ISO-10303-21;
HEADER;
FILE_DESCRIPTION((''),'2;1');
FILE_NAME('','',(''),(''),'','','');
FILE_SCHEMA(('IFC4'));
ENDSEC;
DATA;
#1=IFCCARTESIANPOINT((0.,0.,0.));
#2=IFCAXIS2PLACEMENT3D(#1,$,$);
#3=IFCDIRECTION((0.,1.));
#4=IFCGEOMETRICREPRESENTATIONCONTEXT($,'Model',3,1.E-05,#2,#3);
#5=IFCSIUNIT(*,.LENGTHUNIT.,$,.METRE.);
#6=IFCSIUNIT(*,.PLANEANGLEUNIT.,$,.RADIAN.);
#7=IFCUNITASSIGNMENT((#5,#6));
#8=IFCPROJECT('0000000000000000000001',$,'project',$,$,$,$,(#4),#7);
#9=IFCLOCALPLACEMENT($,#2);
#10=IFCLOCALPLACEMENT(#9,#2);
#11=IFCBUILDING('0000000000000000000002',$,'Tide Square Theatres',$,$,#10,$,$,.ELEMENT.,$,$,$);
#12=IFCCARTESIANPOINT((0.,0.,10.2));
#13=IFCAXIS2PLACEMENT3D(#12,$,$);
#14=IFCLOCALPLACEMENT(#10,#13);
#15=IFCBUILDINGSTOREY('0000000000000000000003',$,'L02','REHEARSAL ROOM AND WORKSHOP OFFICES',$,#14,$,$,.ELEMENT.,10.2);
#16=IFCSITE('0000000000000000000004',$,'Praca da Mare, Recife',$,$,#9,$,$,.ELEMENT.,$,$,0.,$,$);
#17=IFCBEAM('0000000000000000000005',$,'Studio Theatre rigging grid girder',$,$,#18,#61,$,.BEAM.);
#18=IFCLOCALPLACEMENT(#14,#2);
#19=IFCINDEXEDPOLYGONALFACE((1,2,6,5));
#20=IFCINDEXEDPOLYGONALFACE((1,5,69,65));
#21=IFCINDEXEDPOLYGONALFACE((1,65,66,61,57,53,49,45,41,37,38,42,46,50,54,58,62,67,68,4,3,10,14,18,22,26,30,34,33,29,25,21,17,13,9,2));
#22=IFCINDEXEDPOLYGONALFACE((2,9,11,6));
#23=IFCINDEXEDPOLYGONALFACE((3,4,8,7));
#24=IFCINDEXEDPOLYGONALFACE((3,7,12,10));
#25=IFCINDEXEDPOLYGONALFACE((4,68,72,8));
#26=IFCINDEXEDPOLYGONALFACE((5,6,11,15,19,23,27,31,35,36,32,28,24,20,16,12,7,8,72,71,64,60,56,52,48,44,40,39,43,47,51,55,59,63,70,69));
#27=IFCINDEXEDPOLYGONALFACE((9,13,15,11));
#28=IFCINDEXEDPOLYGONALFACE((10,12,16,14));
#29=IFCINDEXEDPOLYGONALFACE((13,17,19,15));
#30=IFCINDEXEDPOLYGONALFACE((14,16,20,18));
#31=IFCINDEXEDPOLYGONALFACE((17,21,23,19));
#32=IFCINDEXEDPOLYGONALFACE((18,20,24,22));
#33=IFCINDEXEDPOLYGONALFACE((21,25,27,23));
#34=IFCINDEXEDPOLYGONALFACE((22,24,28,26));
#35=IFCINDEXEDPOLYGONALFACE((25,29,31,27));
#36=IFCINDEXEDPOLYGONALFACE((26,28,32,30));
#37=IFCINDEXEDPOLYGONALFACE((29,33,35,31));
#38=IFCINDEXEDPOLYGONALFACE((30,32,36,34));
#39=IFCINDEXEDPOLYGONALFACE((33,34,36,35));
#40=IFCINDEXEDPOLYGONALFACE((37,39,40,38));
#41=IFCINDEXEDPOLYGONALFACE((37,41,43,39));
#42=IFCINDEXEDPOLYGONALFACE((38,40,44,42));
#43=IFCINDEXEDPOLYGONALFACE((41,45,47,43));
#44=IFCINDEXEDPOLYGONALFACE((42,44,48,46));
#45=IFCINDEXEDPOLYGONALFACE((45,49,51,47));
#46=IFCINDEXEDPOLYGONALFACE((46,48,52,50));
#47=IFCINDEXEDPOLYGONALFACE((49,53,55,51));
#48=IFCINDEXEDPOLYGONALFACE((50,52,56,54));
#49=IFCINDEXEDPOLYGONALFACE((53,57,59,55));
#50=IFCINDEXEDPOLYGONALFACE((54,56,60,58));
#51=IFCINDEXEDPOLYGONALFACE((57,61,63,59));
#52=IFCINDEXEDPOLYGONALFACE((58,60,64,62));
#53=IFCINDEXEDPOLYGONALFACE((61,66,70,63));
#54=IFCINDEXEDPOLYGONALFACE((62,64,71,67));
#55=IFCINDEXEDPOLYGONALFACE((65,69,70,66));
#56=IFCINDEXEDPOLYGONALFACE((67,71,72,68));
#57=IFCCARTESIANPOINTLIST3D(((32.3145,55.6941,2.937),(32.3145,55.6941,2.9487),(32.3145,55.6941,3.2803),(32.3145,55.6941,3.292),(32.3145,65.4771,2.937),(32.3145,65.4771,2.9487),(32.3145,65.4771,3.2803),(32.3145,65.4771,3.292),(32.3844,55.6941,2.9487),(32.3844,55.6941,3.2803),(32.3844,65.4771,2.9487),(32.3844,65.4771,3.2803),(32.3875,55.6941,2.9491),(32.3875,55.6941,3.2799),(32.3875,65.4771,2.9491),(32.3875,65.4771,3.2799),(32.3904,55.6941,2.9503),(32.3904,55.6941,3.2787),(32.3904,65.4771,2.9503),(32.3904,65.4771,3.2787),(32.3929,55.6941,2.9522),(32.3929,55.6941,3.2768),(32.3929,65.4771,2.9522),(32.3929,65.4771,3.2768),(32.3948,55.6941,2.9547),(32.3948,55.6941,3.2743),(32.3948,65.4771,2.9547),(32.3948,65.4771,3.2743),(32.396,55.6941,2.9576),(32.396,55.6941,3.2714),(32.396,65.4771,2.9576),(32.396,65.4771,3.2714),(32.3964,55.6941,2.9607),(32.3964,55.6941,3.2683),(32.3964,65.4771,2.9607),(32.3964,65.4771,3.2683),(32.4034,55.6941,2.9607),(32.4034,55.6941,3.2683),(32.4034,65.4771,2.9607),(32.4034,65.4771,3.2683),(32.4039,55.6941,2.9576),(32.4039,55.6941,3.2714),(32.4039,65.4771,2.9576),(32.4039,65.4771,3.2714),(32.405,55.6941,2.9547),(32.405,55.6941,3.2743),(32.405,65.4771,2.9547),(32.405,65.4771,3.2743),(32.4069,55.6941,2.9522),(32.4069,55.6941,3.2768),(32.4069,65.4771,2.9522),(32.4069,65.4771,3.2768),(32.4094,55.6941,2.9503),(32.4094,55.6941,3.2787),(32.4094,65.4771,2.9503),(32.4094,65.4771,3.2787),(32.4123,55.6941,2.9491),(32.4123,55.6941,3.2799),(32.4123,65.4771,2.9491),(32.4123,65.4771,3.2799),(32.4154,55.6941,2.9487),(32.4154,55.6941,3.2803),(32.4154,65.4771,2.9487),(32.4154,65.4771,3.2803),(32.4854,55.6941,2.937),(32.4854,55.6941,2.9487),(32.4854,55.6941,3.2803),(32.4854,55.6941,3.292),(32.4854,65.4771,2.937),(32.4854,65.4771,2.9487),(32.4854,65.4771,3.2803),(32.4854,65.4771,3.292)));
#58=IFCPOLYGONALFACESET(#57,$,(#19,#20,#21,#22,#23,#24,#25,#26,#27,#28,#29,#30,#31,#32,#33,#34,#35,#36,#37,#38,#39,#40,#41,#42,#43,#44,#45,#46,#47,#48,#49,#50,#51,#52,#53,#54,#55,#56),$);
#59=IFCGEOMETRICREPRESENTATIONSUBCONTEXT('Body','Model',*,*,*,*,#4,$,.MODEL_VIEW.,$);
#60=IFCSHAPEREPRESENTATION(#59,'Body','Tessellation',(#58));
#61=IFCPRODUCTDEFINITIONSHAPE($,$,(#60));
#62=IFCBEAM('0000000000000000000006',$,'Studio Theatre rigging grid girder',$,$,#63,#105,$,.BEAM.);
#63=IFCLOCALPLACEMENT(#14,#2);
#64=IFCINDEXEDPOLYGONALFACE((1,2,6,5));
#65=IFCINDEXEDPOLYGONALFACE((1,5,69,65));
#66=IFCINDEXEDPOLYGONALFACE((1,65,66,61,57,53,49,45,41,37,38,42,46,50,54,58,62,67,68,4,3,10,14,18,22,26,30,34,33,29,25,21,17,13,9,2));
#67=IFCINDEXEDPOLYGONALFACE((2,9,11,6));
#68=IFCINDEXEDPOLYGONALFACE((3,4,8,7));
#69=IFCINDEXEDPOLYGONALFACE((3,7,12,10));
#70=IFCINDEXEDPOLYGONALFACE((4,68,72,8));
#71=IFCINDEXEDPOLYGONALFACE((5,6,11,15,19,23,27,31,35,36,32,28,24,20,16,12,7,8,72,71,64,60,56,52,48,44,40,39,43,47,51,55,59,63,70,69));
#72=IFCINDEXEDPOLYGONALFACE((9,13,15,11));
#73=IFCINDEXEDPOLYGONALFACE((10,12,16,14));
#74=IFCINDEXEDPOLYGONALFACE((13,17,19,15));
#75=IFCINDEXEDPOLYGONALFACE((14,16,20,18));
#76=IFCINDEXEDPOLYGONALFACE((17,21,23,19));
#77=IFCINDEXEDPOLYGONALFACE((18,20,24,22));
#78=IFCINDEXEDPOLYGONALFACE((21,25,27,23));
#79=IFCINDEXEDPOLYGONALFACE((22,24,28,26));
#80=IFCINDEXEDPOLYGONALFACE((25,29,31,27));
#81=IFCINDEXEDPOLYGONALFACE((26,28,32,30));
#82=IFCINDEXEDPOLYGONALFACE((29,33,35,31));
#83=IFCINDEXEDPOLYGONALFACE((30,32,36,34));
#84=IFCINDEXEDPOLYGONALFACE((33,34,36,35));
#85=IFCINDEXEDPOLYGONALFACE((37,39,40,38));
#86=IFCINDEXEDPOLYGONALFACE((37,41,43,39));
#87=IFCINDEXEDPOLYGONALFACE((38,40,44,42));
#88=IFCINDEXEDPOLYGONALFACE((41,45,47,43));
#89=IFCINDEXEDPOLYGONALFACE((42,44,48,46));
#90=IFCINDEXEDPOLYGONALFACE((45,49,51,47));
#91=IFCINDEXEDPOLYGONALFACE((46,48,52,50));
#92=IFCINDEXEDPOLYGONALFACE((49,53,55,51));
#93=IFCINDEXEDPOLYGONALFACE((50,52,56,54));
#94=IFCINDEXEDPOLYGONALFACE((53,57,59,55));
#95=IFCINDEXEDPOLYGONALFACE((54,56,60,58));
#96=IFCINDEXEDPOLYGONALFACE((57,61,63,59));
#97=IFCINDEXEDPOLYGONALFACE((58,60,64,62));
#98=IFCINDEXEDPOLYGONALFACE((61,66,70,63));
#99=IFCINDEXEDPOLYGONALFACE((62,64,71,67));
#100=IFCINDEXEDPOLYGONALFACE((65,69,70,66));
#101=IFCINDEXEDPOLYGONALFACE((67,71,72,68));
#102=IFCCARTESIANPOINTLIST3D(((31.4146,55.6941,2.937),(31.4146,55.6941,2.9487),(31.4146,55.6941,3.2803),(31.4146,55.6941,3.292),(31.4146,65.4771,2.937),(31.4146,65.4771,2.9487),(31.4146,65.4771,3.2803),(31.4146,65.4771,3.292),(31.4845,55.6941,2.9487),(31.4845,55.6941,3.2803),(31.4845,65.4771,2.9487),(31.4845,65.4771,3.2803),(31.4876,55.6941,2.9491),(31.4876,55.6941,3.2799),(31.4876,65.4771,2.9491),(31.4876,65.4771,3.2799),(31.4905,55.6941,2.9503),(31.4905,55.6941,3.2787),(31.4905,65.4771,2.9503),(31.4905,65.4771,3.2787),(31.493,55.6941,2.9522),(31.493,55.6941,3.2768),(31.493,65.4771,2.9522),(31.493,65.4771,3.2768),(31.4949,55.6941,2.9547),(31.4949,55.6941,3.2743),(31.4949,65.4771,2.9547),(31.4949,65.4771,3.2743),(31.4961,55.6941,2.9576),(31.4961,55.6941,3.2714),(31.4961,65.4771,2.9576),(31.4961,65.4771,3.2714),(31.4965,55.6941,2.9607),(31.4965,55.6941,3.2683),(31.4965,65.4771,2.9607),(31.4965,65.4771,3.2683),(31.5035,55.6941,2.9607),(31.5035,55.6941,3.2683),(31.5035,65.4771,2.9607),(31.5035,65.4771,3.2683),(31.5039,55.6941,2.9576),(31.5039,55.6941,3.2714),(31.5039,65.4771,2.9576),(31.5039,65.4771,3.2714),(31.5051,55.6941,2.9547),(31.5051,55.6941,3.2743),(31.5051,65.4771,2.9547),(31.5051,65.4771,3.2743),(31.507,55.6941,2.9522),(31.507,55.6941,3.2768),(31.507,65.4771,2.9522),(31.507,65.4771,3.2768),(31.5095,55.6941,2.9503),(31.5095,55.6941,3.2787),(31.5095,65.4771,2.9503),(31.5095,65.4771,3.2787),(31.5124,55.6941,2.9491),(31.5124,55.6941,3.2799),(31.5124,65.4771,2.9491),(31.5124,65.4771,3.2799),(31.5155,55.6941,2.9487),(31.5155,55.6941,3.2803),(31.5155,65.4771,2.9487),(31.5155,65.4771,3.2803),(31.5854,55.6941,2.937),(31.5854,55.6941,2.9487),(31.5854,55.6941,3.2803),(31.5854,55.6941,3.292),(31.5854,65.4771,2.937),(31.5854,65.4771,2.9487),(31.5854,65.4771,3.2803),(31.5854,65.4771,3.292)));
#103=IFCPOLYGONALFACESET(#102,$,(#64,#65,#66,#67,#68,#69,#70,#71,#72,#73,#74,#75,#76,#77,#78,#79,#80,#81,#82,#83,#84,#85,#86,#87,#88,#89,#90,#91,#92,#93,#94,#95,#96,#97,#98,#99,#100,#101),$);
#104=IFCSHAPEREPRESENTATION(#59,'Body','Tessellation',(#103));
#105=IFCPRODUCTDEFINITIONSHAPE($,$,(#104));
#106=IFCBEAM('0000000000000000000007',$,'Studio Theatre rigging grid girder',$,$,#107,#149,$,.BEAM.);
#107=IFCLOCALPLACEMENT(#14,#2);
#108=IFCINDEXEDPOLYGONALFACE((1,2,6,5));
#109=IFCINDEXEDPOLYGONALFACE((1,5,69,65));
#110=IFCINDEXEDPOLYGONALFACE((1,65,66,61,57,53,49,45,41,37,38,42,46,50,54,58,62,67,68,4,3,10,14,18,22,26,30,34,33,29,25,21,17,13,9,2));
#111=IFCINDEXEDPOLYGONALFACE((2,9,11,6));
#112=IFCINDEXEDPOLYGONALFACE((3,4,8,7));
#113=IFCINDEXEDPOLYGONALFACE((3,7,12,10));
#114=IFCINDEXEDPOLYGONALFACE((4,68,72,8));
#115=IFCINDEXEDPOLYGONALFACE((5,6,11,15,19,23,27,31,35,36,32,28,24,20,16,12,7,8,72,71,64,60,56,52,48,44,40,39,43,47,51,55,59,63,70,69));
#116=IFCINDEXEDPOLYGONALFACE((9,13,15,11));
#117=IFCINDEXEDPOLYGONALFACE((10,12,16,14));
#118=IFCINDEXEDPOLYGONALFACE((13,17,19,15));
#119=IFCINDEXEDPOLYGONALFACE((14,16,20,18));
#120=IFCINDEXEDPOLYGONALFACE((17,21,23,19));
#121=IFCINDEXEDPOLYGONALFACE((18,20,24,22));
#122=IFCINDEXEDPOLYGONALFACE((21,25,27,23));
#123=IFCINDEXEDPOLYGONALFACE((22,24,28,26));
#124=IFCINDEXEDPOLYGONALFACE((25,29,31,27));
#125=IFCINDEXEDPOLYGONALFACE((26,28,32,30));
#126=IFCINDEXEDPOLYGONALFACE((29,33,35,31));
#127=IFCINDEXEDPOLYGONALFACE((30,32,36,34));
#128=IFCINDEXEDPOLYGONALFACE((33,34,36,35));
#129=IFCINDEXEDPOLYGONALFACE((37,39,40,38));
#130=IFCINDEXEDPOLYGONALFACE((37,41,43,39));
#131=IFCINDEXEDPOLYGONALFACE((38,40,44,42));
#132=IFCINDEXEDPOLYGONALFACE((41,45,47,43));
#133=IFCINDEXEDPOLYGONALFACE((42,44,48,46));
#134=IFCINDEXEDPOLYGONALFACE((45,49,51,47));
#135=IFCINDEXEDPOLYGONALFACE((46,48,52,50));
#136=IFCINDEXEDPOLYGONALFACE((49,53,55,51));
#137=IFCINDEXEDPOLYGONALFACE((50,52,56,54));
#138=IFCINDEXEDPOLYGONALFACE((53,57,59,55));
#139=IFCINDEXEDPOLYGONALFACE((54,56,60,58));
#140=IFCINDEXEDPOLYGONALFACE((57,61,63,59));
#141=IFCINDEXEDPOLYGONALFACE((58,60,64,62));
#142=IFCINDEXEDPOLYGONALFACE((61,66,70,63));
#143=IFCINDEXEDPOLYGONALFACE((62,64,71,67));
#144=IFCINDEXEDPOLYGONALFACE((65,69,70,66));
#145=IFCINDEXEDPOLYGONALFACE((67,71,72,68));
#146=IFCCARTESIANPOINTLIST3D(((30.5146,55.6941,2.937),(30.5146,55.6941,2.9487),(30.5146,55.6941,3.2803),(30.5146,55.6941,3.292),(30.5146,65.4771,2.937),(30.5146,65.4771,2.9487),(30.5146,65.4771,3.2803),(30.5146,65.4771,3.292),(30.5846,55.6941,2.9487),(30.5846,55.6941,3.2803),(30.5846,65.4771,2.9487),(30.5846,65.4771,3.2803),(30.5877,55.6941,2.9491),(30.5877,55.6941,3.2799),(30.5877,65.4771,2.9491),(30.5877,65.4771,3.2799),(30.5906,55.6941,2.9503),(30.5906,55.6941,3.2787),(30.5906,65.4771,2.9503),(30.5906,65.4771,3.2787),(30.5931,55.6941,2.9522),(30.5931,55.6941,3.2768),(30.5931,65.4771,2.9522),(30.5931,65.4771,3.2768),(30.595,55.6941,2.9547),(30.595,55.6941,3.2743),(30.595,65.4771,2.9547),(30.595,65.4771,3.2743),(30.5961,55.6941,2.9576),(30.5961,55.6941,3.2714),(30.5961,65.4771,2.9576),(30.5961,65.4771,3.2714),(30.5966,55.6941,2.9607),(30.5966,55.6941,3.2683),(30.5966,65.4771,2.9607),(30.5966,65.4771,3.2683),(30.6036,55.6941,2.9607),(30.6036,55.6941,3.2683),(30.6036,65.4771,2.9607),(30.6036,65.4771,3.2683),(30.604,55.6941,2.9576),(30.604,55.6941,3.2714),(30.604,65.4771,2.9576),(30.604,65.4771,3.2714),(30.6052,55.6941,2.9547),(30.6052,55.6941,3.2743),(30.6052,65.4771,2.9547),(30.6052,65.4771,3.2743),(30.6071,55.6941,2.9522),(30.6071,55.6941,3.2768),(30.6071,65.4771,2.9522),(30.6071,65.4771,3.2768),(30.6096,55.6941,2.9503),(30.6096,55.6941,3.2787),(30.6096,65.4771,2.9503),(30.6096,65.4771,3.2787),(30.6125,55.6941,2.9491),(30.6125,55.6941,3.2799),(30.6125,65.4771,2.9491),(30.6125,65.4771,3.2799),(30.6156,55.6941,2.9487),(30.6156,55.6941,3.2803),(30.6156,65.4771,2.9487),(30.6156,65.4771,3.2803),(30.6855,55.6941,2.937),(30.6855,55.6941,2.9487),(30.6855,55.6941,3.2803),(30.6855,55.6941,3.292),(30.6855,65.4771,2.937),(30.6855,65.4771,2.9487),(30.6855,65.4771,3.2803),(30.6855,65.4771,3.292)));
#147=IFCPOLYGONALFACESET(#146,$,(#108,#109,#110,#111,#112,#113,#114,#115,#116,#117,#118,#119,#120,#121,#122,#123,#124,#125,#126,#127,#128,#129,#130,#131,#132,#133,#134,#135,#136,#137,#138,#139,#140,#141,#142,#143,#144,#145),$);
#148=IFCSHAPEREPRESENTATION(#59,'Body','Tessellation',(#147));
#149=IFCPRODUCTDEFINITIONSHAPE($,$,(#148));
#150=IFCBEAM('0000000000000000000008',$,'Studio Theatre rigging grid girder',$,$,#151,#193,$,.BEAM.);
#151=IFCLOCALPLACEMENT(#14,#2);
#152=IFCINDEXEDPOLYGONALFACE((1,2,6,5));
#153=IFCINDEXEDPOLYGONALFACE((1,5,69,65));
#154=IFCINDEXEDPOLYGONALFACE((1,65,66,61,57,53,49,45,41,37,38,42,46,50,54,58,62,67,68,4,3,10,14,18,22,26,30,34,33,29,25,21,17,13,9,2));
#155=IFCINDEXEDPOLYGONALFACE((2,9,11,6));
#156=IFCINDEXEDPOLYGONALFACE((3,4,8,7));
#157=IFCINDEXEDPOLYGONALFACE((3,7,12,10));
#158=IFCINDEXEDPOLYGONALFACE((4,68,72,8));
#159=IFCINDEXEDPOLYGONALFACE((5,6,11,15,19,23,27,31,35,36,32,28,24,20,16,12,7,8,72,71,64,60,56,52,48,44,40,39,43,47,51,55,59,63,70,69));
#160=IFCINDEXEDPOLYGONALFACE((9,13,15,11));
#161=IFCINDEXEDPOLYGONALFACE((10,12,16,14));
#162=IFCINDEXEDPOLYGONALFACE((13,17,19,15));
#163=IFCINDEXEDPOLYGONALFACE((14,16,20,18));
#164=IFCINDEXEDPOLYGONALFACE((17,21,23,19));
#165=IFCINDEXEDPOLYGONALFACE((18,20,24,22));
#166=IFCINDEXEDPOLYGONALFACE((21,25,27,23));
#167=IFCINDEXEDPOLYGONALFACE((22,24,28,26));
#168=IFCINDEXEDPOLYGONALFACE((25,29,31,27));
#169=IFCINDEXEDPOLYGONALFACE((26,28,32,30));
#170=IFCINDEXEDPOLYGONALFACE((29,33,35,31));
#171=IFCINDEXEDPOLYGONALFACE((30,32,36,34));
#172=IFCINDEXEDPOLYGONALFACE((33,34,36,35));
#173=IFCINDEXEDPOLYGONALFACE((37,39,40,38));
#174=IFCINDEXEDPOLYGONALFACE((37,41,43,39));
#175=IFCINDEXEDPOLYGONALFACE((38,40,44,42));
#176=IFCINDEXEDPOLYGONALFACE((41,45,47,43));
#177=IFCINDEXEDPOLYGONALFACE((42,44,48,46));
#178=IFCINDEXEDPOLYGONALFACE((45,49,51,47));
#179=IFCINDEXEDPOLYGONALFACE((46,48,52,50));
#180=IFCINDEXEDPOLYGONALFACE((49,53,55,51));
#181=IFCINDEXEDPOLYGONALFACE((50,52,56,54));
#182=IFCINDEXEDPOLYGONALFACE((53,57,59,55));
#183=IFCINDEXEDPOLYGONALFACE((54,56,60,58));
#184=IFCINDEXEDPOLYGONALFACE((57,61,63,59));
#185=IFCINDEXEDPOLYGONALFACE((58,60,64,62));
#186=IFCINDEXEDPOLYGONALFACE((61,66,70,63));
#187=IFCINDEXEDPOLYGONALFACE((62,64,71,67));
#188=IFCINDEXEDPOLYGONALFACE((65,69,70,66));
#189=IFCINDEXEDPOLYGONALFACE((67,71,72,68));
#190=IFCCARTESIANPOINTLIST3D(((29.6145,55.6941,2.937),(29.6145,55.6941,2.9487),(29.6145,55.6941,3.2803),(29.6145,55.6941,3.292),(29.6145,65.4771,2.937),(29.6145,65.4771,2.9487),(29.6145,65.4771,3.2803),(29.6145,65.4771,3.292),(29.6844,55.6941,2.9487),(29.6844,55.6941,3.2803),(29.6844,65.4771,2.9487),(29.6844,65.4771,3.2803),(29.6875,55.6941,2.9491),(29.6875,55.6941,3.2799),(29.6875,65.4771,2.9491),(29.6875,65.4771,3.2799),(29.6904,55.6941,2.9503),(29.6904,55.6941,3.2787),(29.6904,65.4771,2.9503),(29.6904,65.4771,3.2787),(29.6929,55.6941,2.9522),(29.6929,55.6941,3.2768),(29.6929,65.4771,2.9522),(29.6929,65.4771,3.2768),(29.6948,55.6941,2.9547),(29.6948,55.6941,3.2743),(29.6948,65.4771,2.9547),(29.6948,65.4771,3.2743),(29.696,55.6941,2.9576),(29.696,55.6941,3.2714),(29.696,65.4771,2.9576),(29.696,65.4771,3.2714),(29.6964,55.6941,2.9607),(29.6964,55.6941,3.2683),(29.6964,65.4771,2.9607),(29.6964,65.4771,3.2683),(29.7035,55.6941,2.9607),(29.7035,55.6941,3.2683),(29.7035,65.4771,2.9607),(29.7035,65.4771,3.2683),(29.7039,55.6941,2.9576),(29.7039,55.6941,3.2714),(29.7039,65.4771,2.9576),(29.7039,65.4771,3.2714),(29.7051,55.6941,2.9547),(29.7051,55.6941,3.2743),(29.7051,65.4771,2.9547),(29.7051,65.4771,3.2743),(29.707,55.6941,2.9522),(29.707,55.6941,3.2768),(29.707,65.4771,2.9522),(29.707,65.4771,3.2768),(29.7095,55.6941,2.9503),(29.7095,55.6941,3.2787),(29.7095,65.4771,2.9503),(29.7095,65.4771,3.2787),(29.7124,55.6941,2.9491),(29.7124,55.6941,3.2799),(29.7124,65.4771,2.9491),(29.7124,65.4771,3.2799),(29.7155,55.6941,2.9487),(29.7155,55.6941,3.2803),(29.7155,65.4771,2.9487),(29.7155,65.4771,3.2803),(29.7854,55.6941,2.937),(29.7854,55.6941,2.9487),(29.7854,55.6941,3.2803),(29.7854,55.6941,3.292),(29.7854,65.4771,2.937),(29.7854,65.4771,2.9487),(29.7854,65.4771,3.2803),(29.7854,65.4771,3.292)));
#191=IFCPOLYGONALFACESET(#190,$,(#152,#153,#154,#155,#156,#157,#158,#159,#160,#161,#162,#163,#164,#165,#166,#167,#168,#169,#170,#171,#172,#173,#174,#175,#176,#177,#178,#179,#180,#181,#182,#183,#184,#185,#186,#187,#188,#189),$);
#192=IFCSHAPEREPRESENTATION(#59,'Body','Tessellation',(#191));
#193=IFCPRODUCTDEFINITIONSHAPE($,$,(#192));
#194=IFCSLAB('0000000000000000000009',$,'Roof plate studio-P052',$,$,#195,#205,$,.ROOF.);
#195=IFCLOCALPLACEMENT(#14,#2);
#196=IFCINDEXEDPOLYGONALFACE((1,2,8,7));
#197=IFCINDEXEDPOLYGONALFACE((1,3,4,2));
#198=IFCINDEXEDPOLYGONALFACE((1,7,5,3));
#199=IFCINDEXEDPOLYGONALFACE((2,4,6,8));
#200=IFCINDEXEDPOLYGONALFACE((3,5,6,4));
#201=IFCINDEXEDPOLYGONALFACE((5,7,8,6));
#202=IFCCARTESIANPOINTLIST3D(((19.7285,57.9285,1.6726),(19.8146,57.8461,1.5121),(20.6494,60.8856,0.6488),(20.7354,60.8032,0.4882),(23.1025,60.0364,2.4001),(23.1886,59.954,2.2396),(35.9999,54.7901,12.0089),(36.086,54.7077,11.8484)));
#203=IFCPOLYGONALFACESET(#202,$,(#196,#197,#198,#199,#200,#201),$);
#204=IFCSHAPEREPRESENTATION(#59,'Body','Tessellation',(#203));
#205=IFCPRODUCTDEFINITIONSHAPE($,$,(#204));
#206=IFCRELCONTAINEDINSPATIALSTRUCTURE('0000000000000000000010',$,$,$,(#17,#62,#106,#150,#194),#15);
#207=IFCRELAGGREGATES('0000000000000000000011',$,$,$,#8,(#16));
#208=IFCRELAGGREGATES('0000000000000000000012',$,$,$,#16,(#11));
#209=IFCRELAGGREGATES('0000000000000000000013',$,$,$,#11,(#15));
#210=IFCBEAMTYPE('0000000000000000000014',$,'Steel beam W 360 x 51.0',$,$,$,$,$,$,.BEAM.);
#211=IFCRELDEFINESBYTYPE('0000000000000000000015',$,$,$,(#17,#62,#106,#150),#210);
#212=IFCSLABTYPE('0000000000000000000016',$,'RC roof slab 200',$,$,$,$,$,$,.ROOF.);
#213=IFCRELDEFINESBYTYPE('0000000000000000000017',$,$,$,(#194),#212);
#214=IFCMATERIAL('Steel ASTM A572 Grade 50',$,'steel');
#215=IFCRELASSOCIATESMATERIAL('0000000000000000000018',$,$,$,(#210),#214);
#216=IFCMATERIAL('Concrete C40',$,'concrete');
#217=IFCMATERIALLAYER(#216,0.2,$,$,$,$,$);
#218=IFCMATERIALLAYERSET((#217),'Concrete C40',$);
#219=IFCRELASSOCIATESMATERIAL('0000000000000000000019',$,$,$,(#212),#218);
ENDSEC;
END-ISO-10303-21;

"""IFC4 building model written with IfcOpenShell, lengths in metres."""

from ifc_helpers import new_model, si_unit, direction, frame, origin, origin_2d, place, context, subcontext, project, spatial, polyline, i_section, outline, extrude, material, layer, layer_set, material_profile, profile_set, type_object, element, save


model = new_model("IFC4")

# Units and contexts
model_context = context("Model", 3, precision=1e-05, world=origin(), true_north=direction((0.0, 1.0)))
body_context = subcontext(model_context, "Body", "Model", "MODEL_VIEW")
ifc_project = project(units=[si_unit("LENGTHUNIT", "METRE"), si_unit("PLANEANGLEUNIT", "RADIAN")], contexts=[model_context])

# Site, building, storey
site_placement = place(None, origin())
site = spatial("IfcSite", under=ifc_project, at=site_placement, Name="Praca da Mare, Recife", CompositionType="ELEMENT", RefElevation=0.0)
building_placement = place(site_placement, origin())
building = spatial("IfcBuilding", under=site, at=building_placement, Name="Tide Square Theatres", CompositionType="ELEMENT")
storey_placement = place(building_placement, frame((0.0, 0.0, 10.2)))
storey = spatial("IfcBuildingStorey", under=building, at=storey_placement, Name="L02", Description="REHEARSAL ROOM AND WORKSHOP OFFICES", CompositionType="ELEMENT", Elevation=10.2)

# Beams
ifc_material_1 = material(Name="Steel ASTM A572 Grade 50", Category="steel")
ifc_material_profile_1 = material_profile(ifc_material_1, i_section(OverallWidth=0.1709, OverallDepth=0.355, WebThickness=0.0071, FlangeThickness=0.0117, FilletRadius=0.012, at=origin_2d()))
ifc_profile_set_1 = profile_set([ifc_material_profile_1], Name="Steel ASTM A572 Grade 50")
beam_type_1 = type_object("IfcBeamType", Name="Steel beam W 360 x 51.0", PredefinedType="BEAM", material=ifc_profile_set_1)
for number, where, z_axis, x_axis, name in (
    (1, (32.3999, 55.6941, 3.1145), (0.0, 1.0, 0.0), (-1.0, 0.0, 0.0), "Studio Theatre rigging grid girder"),
    (2, (31.5, 55.6941, 3.1145), (0.0, 1.0, 0.0), (-1.0, 0.0, 0.0), "Studio Theatre rigging grid girder"),
    (3, (30.6001, 55.6941, 3.1145), (0.0, 1.0, 0.0), (-1.0, 0.0, 0.0), "Studio Theatre rigging grid girder"),
    (4, (29.7, 55.6941, 3.1145), (0.0, 1.0, 0.0), (-1.0, 0.0, 0.0), "Studio Theatre rigging grid girder"),
):
    element("IfcBeam", number, at=place(storey_placement, frame(where, z_axis=z_axis, x_axis=x_axis)), inside=storey, type_object=beam_type_1, Name=name, PredefinedType="BEAM", context=body_context, shape_type="SweptSolid", body=[
        extrude(i_section(OverallWidth=0.1709, OverallDepth=0.355, WebThickness=0.0071, FlangeThickness=0.0117, FilletRadius=0.012, at=origin_2d()), origin(), (0.0, 0.0, 1.0), 9.783),
    ])

# Slab
ifc_material_2 = material(Name="Concrete C40", Category="concrete")
ifc_layer_1 = layer(ifc_material_2, 0.2)
ifc_layer_set_1 = layer_set([ifc_layer_1], Name="Concrete C40")
slab_type = type_object("IfcSlabType", Name="RC roof slab 200", PredefinedType="ROOF", material=ifc_layer_set_1)
slab_1_placement = place(storey_placement, frame((19.7285, 57.9285, 1.6726), z_axis=(-0.430599, 0.412094, 0.802972), x_axis=(0.833121, -0.160689, 0.529234)))
element("IfcSlab", 5, at=slab_1_placement, inside=storey, type_object=slab_type, Name="Roof plate studio-P052", PredefinedType="ROOF", context=body_context, shape_type="SweptSolid", body=[
    extrude(outline(polyline([(0.0, 0.0), (19.5307, 0.0), (2.8573, 2.8623), (-0.2498, 3.2524), (0.0, 0.0)])), origin(), (0.0, 0.0, -1.0), 0.2),
])

save(model, "model.ifc")
